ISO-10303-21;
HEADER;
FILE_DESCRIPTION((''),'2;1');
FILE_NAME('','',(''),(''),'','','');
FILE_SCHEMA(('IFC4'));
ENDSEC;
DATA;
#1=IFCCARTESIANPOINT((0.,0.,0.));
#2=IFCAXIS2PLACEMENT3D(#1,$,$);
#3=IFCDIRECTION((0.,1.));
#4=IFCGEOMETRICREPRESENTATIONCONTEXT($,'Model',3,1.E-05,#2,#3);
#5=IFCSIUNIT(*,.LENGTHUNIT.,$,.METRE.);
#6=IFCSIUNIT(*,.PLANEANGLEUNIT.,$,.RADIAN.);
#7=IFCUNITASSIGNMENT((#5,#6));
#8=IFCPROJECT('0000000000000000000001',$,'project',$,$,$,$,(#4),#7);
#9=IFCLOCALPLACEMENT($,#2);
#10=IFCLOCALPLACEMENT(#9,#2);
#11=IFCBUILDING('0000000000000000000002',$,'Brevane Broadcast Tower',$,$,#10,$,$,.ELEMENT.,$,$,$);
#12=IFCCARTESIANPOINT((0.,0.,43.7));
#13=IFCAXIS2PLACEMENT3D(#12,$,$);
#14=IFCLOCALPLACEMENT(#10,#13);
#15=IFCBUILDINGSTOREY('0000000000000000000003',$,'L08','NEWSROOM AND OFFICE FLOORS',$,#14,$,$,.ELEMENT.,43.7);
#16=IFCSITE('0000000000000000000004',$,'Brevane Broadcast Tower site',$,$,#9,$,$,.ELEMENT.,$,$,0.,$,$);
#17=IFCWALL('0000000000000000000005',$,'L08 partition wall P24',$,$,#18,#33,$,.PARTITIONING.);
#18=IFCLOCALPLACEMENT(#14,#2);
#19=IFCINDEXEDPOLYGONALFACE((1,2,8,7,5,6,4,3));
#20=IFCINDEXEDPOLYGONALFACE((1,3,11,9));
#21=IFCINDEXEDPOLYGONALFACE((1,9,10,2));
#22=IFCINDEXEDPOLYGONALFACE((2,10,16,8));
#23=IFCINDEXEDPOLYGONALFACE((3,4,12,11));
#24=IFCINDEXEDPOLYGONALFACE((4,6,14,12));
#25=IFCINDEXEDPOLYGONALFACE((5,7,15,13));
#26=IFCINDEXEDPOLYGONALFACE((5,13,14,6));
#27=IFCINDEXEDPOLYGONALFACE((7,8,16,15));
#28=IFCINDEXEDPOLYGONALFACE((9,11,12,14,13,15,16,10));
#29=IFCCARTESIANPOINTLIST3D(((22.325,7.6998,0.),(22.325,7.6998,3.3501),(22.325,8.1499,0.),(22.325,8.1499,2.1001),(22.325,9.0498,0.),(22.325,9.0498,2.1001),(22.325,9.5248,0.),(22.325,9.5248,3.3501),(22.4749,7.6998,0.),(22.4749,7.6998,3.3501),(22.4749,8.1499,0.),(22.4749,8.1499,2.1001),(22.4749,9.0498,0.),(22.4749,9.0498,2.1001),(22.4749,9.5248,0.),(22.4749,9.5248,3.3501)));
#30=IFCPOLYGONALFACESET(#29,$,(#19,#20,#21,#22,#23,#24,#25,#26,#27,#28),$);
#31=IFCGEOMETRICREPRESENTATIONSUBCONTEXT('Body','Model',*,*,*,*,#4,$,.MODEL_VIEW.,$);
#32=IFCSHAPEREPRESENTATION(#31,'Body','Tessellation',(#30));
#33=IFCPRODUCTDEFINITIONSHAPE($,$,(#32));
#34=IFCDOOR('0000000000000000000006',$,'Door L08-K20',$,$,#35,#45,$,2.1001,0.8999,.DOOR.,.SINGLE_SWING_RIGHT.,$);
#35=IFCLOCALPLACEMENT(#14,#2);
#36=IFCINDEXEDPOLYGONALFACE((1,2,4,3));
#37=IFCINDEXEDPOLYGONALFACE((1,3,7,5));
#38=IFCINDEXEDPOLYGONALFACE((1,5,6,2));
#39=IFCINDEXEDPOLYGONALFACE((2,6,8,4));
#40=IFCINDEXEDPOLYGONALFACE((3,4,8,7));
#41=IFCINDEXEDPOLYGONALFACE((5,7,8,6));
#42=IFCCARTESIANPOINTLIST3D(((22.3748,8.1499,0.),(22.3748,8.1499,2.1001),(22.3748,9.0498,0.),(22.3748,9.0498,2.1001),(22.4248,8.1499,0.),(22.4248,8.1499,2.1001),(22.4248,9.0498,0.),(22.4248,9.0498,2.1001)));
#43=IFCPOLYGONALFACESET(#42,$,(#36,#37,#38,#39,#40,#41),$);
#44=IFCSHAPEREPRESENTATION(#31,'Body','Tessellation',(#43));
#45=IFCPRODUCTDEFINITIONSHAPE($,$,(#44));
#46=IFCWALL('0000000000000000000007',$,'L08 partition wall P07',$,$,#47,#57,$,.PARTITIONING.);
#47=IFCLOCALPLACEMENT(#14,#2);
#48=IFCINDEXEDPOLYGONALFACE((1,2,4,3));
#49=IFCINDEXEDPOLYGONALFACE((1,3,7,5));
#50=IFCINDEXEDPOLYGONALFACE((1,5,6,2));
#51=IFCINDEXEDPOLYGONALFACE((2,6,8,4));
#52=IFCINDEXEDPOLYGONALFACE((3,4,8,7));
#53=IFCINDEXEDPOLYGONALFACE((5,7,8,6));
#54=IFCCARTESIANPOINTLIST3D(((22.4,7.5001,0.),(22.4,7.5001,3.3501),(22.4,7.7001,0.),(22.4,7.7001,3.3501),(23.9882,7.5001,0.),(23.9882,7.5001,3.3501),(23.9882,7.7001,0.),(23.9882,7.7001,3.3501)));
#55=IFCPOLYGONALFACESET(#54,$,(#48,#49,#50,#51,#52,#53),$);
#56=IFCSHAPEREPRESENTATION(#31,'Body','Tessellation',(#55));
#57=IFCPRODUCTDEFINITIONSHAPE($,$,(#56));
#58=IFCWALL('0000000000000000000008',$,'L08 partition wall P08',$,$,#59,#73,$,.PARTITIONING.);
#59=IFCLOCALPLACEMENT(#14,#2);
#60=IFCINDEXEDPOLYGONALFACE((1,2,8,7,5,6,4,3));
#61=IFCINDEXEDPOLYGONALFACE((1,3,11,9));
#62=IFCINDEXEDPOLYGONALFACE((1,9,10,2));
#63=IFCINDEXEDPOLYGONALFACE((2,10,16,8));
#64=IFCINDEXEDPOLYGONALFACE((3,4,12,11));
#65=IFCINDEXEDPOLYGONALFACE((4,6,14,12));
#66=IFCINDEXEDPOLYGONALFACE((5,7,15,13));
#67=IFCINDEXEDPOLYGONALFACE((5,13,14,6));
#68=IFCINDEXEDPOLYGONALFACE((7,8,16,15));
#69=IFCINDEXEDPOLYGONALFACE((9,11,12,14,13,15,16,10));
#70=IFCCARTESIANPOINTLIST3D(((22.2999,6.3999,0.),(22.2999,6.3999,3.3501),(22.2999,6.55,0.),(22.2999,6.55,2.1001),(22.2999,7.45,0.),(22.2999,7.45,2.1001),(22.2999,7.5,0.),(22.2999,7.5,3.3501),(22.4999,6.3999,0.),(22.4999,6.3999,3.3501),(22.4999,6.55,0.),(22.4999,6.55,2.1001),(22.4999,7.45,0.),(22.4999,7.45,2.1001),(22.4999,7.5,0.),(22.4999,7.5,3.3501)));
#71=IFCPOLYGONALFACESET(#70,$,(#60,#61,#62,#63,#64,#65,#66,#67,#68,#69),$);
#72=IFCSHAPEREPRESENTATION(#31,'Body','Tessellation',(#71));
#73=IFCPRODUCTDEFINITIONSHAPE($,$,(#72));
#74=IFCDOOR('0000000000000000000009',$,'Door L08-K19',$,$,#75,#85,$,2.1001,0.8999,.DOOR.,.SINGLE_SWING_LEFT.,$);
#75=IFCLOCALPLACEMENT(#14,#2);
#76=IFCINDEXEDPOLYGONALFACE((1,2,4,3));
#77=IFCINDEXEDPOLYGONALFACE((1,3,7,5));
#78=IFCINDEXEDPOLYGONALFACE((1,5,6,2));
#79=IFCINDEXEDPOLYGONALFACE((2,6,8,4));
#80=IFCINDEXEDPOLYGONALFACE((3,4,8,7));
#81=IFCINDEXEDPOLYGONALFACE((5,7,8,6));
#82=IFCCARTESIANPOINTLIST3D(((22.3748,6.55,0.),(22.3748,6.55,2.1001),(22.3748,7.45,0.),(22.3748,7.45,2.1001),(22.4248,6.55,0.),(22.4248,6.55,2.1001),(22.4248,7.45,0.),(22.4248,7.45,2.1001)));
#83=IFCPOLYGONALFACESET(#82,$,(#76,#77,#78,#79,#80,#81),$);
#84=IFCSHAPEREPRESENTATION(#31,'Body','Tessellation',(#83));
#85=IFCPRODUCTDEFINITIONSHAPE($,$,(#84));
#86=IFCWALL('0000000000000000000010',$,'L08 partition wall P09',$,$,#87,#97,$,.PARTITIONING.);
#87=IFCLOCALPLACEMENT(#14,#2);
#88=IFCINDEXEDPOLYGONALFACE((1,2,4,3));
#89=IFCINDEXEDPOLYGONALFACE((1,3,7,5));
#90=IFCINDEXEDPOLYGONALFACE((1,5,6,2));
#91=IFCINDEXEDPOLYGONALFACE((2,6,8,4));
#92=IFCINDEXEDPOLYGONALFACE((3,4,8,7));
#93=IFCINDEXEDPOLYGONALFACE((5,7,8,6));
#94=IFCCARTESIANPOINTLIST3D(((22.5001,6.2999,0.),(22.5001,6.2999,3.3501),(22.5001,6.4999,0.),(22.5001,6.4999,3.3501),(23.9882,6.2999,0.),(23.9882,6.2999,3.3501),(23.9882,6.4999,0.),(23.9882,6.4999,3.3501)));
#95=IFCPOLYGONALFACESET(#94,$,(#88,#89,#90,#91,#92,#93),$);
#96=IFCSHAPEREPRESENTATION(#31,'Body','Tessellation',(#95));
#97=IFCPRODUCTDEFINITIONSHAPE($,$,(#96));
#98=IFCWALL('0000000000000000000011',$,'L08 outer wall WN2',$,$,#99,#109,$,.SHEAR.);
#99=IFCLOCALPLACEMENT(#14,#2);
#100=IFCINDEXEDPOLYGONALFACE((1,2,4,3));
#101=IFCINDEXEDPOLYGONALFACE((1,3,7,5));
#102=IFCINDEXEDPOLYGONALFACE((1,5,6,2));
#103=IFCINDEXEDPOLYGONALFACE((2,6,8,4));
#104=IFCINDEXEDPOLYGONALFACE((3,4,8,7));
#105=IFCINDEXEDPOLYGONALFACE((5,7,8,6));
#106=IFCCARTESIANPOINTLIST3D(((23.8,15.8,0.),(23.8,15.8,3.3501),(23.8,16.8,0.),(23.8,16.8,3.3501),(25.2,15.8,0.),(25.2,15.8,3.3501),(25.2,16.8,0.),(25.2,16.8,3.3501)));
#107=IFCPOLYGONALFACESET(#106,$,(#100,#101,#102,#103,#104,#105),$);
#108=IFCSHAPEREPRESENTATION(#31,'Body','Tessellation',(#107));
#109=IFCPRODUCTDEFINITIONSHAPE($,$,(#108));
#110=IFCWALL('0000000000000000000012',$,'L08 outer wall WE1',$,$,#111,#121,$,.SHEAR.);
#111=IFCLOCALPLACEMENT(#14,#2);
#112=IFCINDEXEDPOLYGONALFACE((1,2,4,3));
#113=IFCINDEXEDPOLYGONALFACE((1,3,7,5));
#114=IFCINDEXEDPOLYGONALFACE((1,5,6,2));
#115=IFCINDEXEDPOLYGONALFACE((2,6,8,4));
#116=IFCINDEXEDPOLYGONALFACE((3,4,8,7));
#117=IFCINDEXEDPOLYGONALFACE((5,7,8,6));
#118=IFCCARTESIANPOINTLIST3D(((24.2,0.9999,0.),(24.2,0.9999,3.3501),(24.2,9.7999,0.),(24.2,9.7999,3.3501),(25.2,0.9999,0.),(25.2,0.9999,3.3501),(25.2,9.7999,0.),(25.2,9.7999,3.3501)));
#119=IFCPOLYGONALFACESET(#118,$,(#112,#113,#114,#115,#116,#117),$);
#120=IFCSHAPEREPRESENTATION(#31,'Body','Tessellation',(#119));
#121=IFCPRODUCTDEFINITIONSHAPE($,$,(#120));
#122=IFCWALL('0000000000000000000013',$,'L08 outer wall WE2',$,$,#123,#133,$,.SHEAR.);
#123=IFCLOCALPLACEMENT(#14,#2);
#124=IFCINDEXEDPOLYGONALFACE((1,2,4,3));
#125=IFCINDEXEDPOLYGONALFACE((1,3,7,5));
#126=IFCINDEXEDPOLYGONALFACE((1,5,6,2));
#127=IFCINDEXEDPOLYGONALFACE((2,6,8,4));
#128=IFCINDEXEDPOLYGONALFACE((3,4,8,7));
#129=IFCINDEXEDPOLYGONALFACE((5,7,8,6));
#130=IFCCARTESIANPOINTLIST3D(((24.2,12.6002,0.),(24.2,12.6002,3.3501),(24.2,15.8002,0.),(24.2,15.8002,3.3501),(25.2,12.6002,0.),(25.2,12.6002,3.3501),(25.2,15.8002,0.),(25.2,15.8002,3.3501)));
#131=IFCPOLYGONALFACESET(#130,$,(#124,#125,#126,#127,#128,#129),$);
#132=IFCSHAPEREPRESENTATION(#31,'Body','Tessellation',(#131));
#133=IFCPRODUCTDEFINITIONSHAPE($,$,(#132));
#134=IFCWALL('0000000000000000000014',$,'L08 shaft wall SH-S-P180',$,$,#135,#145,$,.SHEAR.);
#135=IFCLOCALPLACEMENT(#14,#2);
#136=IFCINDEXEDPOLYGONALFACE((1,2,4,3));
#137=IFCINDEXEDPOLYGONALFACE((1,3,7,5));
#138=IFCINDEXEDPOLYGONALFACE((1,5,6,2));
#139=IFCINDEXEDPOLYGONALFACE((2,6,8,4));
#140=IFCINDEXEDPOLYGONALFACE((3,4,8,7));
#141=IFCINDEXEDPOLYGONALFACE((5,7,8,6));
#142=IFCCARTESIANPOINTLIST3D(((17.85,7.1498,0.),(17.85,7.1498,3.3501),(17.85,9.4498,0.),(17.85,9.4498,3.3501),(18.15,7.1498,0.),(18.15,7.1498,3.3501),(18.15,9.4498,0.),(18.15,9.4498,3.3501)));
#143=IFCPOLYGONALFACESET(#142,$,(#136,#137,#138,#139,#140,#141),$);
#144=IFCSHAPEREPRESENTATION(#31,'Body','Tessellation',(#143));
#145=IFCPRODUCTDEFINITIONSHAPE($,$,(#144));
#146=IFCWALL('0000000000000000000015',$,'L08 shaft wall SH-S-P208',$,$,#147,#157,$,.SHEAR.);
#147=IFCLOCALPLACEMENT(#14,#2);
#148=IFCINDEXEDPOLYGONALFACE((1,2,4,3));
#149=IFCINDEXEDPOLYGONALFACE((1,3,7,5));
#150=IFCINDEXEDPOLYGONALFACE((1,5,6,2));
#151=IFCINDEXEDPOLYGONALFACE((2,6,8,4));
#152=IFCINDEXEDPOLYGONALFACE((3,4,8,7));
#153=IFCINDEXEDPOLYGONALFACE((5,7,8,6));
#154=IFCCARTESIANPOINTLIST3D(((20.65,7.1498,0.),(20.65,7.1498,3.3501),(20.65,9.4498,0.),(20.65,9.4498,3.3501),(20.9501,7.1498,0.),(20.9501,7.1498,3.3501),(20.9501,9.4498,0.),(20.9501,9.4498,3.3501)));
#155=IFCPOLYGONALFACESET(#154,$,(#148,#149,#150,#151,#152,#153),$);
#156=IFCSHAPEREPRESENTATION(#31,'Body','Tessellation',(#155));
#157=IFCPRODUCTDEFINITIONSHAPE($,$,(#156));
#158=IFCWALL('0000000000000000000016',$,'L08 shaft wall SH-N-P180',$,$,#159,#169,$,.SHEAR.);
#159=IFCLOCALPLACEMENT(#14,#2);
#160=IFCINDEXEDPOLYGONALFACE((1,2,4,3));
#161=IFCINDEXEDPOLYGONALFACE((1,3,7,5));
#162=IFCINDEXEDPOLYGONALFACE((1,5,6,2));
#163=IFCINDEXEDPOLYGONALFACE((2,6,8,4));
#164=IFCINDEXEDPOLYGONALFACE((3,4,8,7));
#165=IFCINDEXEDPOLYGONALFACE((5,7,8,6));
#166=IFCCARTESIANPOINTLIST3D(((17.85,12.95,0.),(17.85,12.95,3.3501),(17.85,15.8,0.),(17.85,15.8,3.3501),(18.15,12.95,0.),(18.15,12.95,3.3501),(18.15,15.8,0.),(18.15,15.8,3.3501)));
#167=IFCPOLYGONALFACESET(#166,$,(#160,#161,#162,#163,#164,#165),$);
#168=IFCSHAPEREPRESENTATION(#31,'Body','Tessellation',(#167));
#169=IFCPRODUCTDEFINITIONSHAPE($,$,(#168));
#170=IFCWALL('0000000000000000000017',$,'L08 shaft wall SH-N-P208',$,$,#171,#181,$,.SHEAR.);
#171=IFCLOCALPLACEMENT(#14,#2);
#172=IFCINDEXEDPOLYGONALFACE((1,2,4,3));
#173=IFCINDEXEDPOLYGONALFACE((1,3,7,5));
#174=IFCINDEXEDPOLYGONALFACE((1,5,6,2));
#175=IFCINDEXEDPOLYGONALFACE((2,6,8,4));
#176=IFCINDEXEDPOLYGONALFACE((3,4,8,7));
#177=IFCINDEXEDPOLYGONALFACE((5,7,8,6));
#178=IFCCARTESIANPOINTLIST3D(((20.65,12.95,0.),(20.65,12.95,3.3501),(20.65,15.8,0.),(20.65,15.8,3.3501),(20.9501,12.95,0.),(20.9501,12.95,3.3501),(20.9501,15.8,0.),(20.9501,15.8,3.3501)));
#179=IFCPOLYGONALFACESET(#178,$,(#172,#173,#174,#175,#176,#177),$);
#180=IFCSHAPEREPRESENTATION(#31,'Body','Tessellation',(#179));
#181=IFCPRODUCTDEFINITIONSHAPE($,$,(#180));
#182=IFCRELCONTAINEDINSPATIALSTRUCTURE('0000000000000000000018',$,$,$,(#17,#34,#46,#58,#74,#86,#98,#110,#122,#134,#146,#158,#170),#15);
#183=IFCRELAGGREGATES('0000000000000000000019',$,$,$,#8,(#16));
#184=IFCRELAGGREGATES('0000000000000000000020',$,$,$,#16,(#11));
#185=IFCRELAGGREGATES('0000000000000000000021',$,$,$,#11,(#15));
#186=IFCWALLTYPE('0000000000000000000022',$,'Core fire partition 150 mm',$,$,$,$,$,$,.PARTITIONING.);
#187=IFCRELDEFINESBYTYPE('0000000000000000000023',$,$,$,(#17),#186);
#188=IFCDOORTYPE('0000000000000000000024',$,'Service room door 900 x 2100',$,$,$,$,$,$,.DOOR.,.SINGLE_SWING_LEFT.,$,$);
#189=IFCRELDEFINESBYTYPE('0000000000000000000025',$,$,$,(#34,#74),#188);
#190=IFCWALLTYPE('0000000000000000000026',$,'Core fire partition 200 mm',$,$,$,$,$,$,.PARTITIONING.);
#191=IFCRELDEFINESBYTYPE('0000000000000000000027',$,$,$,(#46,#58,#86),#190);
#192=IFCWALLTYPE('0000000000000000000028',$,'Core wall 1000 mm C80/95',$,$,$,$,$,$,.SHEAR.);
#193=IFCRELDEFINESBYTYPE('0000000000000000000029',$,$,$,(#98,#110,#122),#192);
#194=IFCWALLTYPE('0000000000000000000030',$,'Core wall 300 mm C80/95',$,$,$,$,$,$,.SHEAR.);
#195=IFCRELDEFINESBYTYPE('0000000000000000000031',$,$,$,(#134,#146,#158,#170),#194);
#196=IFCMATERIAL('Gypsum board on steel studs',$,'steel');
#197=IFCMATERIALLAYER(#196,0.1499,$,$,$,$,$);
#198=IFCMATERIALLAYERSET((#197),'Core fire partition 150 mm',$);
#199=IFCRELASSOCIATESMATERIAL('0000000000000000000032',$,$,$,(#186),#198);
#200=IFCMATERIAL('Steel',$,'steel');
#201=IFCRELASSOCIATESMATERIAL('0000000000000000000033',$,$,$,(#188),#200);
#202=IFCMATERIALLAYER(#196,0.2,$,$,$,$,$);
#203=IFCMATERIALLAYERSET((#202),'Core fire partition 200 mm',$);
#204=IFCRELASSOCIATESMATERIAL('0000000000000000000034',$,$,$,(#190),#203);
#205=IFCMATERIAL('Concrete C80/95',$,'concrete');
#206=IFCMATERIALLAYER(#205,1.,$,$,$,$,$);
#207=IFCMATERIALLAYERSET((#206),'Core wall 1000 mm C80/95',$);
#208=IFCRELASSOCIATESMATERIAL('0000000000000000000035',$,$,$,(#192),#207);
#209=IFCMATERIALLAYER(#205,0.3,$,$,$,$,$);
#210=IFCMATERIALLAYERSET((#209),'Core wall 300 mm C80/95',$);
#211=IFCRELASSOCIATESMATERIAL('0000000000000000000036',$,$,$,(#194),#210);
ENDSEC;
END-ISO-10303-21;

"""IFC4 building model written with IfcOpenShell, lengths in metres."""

from ifc_helpers import new_model, si_unit, direction, frame, frame_2d, origin, place, context, subcontext, project, spatial, rectangle, extrude, material, layer, layer_set, type_object, element, fill, save


model = new_model("IFC4")

# Units and contexts
model_context = context("Model", 3, precision=1e-05, world=origin(), true_north=direction((0.0, 1.0)))
body_context = subcontext(model_context, "Body", "Model", "MODEL_VIEW")
ifc_project = project(units=[si_unit("LENGTHUNIT", "METRE"), si_unit("PLANEANGLEUNIT", "RADIAN")], contexts=[model_context])

# Site, building, storey
site_placement = place(None, origin())
site = spatial("IfcSite", under=ifc_project, at=site_placement, Name="Brevane Broadcast Tower site", CompositionType="ELEMENT", RefElevation=0.0)
building_placement = place(site_placement, origin())
building = spatial("IfcBuilding", under=site, at=building_placement, Name="Brevane Broadcast Tower", CompositionType="ELEMENT")
storey_placement = place(building_placement, frame((0.0, 0.0, 43.7)))
storey = spatial("IfcBuildingStorey", under=building, at=storey_placement, Name="L08", Description="NEWSROOM AND OFFICE FLOORS", CompositionType="ELEMENT", Elevation=43.7)

# Shared definitions
ifc_material_1 = material(Name="Gypsum board on steel studs", Category="steel")
ifc_layer_1 = layer(ifc_material_1, 0.1499)
ifc_layer_set_1 = layer_set([ifc_layer_1], Name="Core fire partition 150 mm")
wall_type_1 = type_object("IfcWallType", Name="Core fire partition 150 mm", PredefinedType="PARTITIONING", material=ifc_layer_set_1)
ifc_material_2 = material(Name="Steel", Category="steel")

# Wall, opening, door
wall_1_placement = place(storey_placement, frame((22.3999, 9.5249, 0.0), z_axis=(0.0, 0.0, 1.0), x_axis=(0.0, -1.0, 0.0)))
wall_1 = element("IfcWall", 1, at=wall_1_placement, inside=storey, type_object=wall_type_1, Name="L08 partition wall P24", PredefinedType="PARTITIONING", context=body_context, shape_type="SweptSolid", body=[
    extrude(rectangle(XDim=1.825, YDim=0.1499, at=frame_2d((0.9126, 0.0))), origin(), (0.0, 0.0, 1.0), 3.3501),
])
opening_1_placement = place(wall_1_placement, frame((0.4751, 0.0, 0.0)))
opening_1 = element("IfcOpeningElement", 2, at=opening_1_placement, cuts=wall_1, PredefinedType="OPENING", context=body_context, shape_type="SweptSolid", body=[
    extrude(rectangle(XDim=0.8999, YDim=2.1001, at=frame_2d((0.45, 1.05))), frame((0.0, 0.085, 0.0), z_axis=(0.0, -1.0, 0.0), x_axis=(1.0, 0.0, 0.0)), (0.0, 0.0, 1.0), 0.1699),
])
door_type_1 = type_object("IfcDoorType", Name="Service room door 900 x 2100", OperationType="SINGLE_SWING_LEFT", PredefinedType="DOOR", material=ifc_material_2)
door_1_placement = place(opening_1_placement, origin())
door_1 = element("IfcDoor", 3, at=door_1_placement, inside=storey, type_object=door_type_1, Name="Door L08-K20", OperationType="SINGLE_SWING_RIGHT", OverallHeight=2.1001, OverallWidth=0.8999, PredefinedType="DOOR", context=body_context, shape_type="SweptSolid", body=[
    extrude(rectangle(XDim=0.8999, YDim=2.1001, at=frame_2d((0.45, 1.05))), frame((0.0, 0.0249, 0.0), z_axis=(0.0, -1.0, 0.0), x_axis=(1.0, 0.0, 0.0)), (0.0, 0.0, 1.0), 0.05),
])
fill(opening_1, door_1)

# Wall
ifc_layer_2 = layer(ifc_material_1, 0.2)
ifc_layer_set_2 = layer_set([ifc_layer_2], Name="Core fire partition 200 mm")
wall_type_2 = type_object("IfcWallType", Name="Core fire partition 200 mm", PredefinedType="PARTITIONING", material=ifc_layer_set_2)
wall_2_placement = place(storey_placement, frame((23.988, 7.6001, 0.0), z_axis=(0.0, 0.0, 1.0), x_axis=(-1.0, 0.0, 0.0)))
element("IfcWall", 4, at=wall_2_placement, inside=storey, type_object=wall_type_2, Name="L08 partition wall P07", PredefinedType="PARTITIONING", context=body_context, shape_type="SweptSolid", body=[
    extrude(rectangle(XDim=1.5881, YDim=0.2, at=frame_2d((0.7939, 0.0))), origin(), (0.0, 0.0, 1.0), 3.3501),
])

# Wall, opening, door
wall_3_placement = place(storey_placement, frame((22.3999, 7.5, 0.0), z_axis=(0.0, 0.0, 1.0), x_axis=(0.0, -1.0, 0.0)))
wall_3 = element("IfcWall", 5, at=wall_3_placement, inside=storey, type_object=wall_type_2, Name="L08 partition wall P08", PredefinedType="PARTITIONING", context=body_context, shape_type="SweptSolid", body=[
    extrude(rectangle(XDim=1.1001, YDim=0.2, at=frame_2d((0.55, 0.0))), origin(), (0.0, 0.0, 1.0), 3.3501),
])
opening_2_placement = place(wall_3_placement, frame((0.05, 0.0, 0.0)))
opening_2 = element("IfcOpeningElement", 6, at=opening_2_placement, cuts=wall_3, PredefinedType="OPENING", context=body_context, shape_type="SweptSolid", body=[
    extrude(rectangle(XDim=0.8999, YDim=2.1001, at=frame_2d((0.45, 1.05))), frame((0.0, 0.1099, 0.0), z_axis=(0.0, -1.0, 0.0), x_axis=(1.0, 0.0, 0.0)), (0.0, 0.0, 1.0), 0.22),
])
door_2_placement = place(opening_2_placement, origin())
door_2 = element("IfcDoor", 7, at=door_2_placement, inside=storey, type_object=door_type_1, Name="Door L08-K19", OperationType="SINGLE_SWING_LEFT", OverallHeight=2.1001, OverallWidth=0.8999, PredefinedType="DOOR", context=body_context, shape_type="SweptSolid", body=[
    extrude(rectangle(XDim=0.8999, YDim=2.1001, at=frame_2d((0.45, 1.05))), frame((0.0, 0.0249, 0.0), z_axis=(0.0, -1.0, 0.0), x_axis=(1.0, 0.0, 0.0)), (0.0, 0.0, 1.0), 0.05),
])
fill(opening_2, door_2)

# Walls
wall_4_placement = place(storey_placement, frame((22.5, 6.3999, 0.0), z_axis=(0.0, 0.0, 1.0), x_axis=(1.0, 0.0, 0.0)))
element("IfcWall", 8, at=wall_4_placement, inside=storey, type_object=wall_type_2, Name="L08 partition wall P09", PredefinedType="PARTITIONING", context=body_context, shape_type="SweptSolid", body=[
    extrude(rectangle(XDim=1.488, YDim=0.2, at=frame_2d((0.7441, 0.0))), origin(), (0.0, 0.0, 1.0), 3.3501),
])
ifc_material_3 = material(Name="Concrete C80/95", Category="concrete")
ifc_layer_3 = layer(ifc_material_3, 1.0)
ifc_layer_set_3 = layer_set([ifc_layer_3], Name="Core wall 1000 mm C80/95")
wall_type_3 = type_object("IfcWallType", Name="Core wall 1000 mm C80/95", PredefinedType="SHEAR", material=ifc_layer_set_3)
wall_5_placement = place(storey_placement, frame((23.8, 16.3, 0.0), z_axis=(0.0, 0.0, 1.0), x_axis=(1.0, 0.0, 0.0)))
element("IfcWall", 9, at=wall_5_placement, inside=storey, type_object=wall_type_3, Name="L08 outer wall WN2", PredefinedType="SHEAR", context=body_context, shape_type="SweptSolid", body=[
    extrude(rectangle(XDim=1.3999, YDim=1.0, at=frame_2d((0.7, 0.0))), origin(), (0.0, 0.0, 1.0), 3.3501),
])
wall_6_placement = place(storey_placement, frame((24.7, 1.0, 0.0), z_axis=(0.0, 0.0, 1.0), x_axis=(0.0, 1.0, 0.0)))
element("IfcWall", 10, at=wall_6_placement, inside=storey, type_object=wall_type_3, Name="L08 outer wall WE1", PredefinedType="SHEAR", context=body_context, shape_type="SweptSolid", body=[
    extrude(rectangle(XDim=8.8, YDim=1.0, at=frame_2d((4.3999, 0.0))), origin(), (0.0, 0.0, 1.0), 3.3501),
])
wall_7_placement = place(storey_placement, frame((24.7, 12.6001, 0.0), z_axis=(0.0, 0.0, 1.0), x_axis=(0.0, 1.0, 0.0)))
element("IfcWall", 11, at=wall_7_placement, inside=storey, type_object=wall_type_3, Name="L08 outer wall WE2", PredefinedType="SHEAR", context=body_context, shape_type="SweptSolid", body=[
    extrude(rectangle(XDim=3.2, YDim=1.0, at=frame_2d((1.6001, 0.0))), origin(), (0.0, 0.0, 1.0), 3.3501),
])
ifc_layer_4 = layer(ifc_material_3, 0.3)
ifc_layer_set_4 = layer_set([ifc_layer_4], Name="Core wall 300 mm C80/95")
wall_type_4 = type_object("IfcWallType", Name="Core wall 300 mm C80/95", PredefinedType="SHEAR", material=ifc_layer_set_4)
for number, where, z_axis, x_axis, name in (
    (12, (18.0, 7.1499, 0.0), (0.0, 0.0, 1.0), (0.0, 1.0, 0.0), "L08 shaft wall SH-S-P180"),
    (13, (20.8, 7.1499, 0.0), (0.0, 0.0, 1.0), (0.0, 1.0, 0.0), "L08 shaft wall SH-S-P208"),
):
    element("IfcWall", number, at=place(storey_placement, frame(where, z_axis=z_axis, x_axis=x_axis)), inside=storey, type_object=wall_type_4, Name=name, PredefinedType="SHEAR", context=body_context, shape_type="SweptSolid", body=[
        extrude(rectangle(XDim=2.3, YDim=0.3, at=frame_2d((1.1499, 0.0))), origin(), (0.0, 0.0, 1.0), 3.3501),
    ])
for number, where, z_axis, x_axis, name in (
    (14, (18.0, 12.95, 0.0), (0.0, 0.0, 1.0), (0.0, 1.0, 0.0), "L08 shaft wall SH-N-P180"),
    (15, (20.8, 12.95, 0.0), (0.0, 0.0, 1.0), (0.0, 1.0, 0.0), "L08 shaft wall SH-N-P208"),
):
    element("IfcWall", number, at=place(storey_placement, frame(where, z_axis=z_axis, x_axis=x_axis)), inside=storey, type_object=wall_type_4, Name=name, PredefinedType="SHEAR", context=body_context, shape_type="SweptSolid", body=[
        extrude(rectangle(XDim=2.8501, YDim=0.3, at=frame_2d((1.425, 0.0))), origin(), (0.0, 0.0, 1.0), 3.3501),
    ])

save(model, "model.ifc")
